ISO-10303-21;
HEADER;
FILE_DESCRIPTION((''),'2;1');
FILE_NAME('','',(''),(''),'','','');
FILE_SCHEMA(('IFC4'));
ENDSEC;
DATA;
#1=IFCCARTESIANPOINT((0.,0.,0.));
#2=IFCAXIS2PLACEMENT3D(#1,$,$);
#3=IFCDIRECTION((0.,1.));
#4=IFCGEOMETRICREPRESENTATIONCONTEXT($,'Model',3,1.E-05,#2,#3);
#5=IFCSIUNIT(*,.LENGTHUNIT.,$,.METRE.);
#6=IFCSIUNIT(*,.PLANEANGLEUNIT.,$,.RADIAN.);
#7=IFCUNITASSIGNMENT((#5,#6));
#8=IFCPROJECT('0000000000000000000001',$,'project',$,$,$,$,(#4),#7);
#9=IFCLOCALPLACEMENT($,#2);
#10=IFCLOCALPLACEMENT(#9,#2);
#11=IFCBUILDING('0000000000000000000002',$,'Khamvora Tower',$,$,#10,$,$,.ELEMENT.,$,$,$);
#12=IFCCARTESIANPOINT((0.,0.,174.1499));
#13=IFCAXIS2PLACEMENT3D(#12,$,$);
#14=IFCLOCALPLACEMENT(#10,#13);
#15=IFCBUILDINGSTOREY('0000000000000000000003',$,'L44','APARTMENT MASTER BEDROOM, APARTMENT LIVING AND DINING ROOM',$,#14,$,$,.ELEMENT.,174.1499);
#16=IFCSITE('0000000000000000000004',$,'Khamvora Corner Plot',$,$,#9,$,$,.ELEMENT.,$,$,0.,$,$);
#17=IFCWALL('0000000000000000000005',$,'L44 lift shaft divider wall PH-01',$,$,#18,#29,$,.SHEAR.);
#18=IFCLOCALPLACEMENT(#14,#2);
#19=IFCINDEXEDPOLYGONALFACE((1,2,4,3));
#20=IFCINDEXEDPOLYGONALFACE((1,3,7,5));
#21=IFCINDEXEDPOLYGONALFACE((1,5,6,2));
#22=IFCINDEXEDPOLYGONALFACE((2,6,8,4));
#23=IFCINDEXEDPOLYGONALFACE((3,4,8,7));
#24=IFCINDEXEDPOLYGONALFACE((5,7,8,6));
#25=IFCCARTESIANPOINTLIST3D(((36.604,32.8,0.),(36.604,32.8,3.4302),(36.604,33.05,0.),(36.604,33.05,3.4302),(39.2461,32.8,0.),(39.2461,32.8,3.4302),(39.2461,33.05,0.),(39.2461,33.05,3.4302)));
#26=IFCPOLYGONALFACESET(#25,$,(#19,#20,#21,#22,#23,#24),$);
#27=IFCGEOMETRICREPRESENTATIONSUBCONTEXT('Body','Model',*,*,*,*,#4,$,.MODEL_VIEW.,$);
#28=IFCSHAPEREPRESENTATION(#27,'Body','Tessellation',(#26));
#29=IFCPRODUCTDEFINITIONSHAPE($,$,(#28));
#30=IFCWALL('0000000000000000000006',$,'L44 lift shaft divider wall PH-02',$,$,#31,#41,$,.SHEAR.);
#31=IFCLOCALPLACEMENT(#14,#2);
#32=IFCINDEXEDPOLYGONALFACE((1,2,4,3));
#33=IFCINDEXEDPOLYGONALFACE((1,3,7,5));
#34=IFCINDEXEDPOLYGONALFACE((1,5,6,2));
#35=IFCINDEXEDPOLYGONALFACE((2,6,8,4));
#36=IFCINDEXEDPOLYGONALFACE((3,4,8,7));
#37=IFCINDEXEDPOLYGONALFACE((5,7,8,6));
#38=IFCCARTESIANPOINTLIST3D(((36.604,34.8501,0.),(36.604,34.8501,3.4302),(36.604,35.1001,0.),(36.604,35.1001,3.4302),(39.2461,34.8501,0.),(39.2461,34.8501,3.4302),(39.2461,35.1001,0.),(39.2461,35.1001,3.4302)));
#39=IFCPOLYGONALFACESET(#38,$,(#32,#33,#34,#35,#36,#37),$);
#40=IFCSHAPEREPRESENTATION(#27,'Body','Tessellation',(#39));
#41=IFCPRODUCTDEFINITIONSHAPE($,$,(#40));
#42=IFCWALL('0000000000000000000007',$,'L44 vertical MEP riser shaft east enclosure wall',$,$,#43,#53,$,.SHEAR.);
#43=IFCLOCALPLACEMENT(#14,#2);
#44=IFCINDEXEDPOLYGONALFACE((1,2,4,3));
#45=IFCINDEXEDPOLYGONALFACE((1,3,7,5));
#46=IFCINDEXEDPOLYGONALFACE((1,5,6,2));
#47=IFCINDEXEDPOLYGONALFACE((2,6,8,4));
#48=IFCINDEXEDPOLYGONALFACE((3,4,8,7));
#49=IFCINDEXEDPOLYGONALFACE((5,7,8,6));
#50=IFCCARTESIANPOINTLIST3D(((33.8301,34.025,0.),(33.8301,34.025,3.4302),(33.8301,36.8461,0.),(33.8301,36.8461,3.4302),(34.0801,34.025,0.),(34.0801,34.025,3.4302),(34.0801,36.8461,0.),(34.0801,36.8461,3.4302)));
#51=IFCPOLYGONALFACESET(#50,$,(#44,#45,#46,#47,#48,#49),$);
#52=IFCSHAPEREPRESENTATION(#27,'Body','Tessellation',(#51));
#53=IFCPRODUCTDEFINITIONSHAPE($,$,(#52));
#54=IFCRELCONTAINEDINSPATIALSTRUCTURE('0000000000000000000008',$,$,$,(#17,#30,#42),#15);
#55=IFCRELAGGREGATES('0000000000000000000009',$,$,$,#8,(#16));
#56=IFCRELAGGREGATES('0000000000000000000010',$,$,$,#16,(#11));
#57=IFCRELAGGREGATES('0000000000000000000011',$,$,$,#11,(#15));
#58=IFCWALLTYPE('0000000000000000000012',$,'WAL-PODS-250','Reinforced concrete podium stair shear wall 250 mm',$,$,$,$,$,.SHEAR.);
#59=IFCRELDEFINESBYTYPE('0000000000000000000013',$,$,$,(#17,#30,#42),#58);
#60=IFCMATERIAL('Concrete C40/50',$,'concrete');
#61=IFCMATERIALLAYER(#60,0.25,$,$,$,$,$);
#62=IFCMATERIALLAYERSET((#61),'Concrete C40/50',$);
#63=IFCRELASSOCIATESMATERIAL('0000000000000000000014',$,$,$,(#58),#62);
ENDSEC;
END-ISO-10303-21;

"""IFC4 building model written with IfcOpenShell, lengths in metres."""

from ifc_helpers import new_model, si_unit, direction, frame, frame_2d, origin, place, context, subcontext, project, spatial, rectangle, extrude, material, layer, layer_set, type_object, element, save


model = new_model("IFC4")

# Units and contexts
model_context = context("Model", 3, precision=1e-05, world=origin(), true_north=direction((0.0, 1.0)))
body_context = subcontext(model_context, "Body", "Model", "MODEL_VIEW")
ifc_project = project(units=[si_unit("LENGTHUNIT", "METRE"), si_unit("PLANEANGLEUNIT", "RADIAN")], contexts=[model_context])

# Site, building, storey
site_placement = place(None, origin())
site = spatial("IfcSite", under=ifc_project, at=site_placement, Name="Khamvora Corner Plot", CompositionType="ELEMENT", RefElevation=0.0)
building_placement = place(site_placement, origin())
building = spatial("IfcBuilding", under=site, at=building_placement, Name="Khamvora Tower", CompositionType="ELEMENT")
storey_placement = place(building_placement, frame((0.0, 0.0, 174.1499)))
storey = spatial("IfcBuildingStorey", under=building, at=storey_placement, Name="L44", Description="APARTMENT MASTER BEDROOM, APARTMENT LIVING AND DINING ROOM", CompositionType="ELEMENT", Elevation=174.1499)

# Walls
ifc_material_1 = material(Name="Concrete C40/50", Category="concrete")
ifc_layer_1 = layer(ifc_material_1, 0.25)
ifc_layer_set_1 = layer_set([ifc_layer_1], Name="Concrete C40/50")
wall_type_1 = type_object("IfcWallType", Name="WAL-PODS-250", Description="Reinforced concrete podium stair shear wall 250 mm", PredefinedType="SHEAR", material=ifc_layer_set_1)
for number, where, z_axis, x_axis, name in (
    (1, (36.604, 32.925, 0.0), (0.0, 0.0, 1.0), (1.0, 0.0, 0.0), "L44 lift shaft divider wall PH-01"),
    (2, (36.604, 34.9751, 0.0), (0.0, 0.0, 1.0), (1.0, 0.0, 0.0), "L44 lift shaft divider wall PH-02"),
):
    element("IfcWall", number, at=place(storey_placement, frame(where, z_axis=z_axis, x_axis=x_axis)), inside=storey, type_object=wall_type_1, Name=name, PredefinedType="SHEAR", context=body_context, shape_type="SweptSolid", body=[
        extrude(rectangle(XDim=2.6421, YDim=0.25, at=frame_2d((1.321, 0.0))), origin(), (0.0, 0.0, 1.0), 3.4302),
    ])
wall_1_placement = place(storey_placement, frame((33.9551, 34.0249, 0.0), z_axis=(0.0, 0.0, 1.0), x_axis=(0.0, 1.0, 0.0)))
element("IfcWall", 3, at=wall_1_placement, inside=storey, type_object=wall_type_1, Name="L44 vertical MEP riser shaft east enclosure wall", PredefinedType="SHEAR", context=body_context, shape_type="SweptSolid", body=[
    extrude(rectangle(XDim=2.821, YDim=0.25, at=frame_2d((1.4106, 0.0))), origin(), (0.0, 0.0, 1.0), 3.4302),
])

save(model, "model.ifc")
